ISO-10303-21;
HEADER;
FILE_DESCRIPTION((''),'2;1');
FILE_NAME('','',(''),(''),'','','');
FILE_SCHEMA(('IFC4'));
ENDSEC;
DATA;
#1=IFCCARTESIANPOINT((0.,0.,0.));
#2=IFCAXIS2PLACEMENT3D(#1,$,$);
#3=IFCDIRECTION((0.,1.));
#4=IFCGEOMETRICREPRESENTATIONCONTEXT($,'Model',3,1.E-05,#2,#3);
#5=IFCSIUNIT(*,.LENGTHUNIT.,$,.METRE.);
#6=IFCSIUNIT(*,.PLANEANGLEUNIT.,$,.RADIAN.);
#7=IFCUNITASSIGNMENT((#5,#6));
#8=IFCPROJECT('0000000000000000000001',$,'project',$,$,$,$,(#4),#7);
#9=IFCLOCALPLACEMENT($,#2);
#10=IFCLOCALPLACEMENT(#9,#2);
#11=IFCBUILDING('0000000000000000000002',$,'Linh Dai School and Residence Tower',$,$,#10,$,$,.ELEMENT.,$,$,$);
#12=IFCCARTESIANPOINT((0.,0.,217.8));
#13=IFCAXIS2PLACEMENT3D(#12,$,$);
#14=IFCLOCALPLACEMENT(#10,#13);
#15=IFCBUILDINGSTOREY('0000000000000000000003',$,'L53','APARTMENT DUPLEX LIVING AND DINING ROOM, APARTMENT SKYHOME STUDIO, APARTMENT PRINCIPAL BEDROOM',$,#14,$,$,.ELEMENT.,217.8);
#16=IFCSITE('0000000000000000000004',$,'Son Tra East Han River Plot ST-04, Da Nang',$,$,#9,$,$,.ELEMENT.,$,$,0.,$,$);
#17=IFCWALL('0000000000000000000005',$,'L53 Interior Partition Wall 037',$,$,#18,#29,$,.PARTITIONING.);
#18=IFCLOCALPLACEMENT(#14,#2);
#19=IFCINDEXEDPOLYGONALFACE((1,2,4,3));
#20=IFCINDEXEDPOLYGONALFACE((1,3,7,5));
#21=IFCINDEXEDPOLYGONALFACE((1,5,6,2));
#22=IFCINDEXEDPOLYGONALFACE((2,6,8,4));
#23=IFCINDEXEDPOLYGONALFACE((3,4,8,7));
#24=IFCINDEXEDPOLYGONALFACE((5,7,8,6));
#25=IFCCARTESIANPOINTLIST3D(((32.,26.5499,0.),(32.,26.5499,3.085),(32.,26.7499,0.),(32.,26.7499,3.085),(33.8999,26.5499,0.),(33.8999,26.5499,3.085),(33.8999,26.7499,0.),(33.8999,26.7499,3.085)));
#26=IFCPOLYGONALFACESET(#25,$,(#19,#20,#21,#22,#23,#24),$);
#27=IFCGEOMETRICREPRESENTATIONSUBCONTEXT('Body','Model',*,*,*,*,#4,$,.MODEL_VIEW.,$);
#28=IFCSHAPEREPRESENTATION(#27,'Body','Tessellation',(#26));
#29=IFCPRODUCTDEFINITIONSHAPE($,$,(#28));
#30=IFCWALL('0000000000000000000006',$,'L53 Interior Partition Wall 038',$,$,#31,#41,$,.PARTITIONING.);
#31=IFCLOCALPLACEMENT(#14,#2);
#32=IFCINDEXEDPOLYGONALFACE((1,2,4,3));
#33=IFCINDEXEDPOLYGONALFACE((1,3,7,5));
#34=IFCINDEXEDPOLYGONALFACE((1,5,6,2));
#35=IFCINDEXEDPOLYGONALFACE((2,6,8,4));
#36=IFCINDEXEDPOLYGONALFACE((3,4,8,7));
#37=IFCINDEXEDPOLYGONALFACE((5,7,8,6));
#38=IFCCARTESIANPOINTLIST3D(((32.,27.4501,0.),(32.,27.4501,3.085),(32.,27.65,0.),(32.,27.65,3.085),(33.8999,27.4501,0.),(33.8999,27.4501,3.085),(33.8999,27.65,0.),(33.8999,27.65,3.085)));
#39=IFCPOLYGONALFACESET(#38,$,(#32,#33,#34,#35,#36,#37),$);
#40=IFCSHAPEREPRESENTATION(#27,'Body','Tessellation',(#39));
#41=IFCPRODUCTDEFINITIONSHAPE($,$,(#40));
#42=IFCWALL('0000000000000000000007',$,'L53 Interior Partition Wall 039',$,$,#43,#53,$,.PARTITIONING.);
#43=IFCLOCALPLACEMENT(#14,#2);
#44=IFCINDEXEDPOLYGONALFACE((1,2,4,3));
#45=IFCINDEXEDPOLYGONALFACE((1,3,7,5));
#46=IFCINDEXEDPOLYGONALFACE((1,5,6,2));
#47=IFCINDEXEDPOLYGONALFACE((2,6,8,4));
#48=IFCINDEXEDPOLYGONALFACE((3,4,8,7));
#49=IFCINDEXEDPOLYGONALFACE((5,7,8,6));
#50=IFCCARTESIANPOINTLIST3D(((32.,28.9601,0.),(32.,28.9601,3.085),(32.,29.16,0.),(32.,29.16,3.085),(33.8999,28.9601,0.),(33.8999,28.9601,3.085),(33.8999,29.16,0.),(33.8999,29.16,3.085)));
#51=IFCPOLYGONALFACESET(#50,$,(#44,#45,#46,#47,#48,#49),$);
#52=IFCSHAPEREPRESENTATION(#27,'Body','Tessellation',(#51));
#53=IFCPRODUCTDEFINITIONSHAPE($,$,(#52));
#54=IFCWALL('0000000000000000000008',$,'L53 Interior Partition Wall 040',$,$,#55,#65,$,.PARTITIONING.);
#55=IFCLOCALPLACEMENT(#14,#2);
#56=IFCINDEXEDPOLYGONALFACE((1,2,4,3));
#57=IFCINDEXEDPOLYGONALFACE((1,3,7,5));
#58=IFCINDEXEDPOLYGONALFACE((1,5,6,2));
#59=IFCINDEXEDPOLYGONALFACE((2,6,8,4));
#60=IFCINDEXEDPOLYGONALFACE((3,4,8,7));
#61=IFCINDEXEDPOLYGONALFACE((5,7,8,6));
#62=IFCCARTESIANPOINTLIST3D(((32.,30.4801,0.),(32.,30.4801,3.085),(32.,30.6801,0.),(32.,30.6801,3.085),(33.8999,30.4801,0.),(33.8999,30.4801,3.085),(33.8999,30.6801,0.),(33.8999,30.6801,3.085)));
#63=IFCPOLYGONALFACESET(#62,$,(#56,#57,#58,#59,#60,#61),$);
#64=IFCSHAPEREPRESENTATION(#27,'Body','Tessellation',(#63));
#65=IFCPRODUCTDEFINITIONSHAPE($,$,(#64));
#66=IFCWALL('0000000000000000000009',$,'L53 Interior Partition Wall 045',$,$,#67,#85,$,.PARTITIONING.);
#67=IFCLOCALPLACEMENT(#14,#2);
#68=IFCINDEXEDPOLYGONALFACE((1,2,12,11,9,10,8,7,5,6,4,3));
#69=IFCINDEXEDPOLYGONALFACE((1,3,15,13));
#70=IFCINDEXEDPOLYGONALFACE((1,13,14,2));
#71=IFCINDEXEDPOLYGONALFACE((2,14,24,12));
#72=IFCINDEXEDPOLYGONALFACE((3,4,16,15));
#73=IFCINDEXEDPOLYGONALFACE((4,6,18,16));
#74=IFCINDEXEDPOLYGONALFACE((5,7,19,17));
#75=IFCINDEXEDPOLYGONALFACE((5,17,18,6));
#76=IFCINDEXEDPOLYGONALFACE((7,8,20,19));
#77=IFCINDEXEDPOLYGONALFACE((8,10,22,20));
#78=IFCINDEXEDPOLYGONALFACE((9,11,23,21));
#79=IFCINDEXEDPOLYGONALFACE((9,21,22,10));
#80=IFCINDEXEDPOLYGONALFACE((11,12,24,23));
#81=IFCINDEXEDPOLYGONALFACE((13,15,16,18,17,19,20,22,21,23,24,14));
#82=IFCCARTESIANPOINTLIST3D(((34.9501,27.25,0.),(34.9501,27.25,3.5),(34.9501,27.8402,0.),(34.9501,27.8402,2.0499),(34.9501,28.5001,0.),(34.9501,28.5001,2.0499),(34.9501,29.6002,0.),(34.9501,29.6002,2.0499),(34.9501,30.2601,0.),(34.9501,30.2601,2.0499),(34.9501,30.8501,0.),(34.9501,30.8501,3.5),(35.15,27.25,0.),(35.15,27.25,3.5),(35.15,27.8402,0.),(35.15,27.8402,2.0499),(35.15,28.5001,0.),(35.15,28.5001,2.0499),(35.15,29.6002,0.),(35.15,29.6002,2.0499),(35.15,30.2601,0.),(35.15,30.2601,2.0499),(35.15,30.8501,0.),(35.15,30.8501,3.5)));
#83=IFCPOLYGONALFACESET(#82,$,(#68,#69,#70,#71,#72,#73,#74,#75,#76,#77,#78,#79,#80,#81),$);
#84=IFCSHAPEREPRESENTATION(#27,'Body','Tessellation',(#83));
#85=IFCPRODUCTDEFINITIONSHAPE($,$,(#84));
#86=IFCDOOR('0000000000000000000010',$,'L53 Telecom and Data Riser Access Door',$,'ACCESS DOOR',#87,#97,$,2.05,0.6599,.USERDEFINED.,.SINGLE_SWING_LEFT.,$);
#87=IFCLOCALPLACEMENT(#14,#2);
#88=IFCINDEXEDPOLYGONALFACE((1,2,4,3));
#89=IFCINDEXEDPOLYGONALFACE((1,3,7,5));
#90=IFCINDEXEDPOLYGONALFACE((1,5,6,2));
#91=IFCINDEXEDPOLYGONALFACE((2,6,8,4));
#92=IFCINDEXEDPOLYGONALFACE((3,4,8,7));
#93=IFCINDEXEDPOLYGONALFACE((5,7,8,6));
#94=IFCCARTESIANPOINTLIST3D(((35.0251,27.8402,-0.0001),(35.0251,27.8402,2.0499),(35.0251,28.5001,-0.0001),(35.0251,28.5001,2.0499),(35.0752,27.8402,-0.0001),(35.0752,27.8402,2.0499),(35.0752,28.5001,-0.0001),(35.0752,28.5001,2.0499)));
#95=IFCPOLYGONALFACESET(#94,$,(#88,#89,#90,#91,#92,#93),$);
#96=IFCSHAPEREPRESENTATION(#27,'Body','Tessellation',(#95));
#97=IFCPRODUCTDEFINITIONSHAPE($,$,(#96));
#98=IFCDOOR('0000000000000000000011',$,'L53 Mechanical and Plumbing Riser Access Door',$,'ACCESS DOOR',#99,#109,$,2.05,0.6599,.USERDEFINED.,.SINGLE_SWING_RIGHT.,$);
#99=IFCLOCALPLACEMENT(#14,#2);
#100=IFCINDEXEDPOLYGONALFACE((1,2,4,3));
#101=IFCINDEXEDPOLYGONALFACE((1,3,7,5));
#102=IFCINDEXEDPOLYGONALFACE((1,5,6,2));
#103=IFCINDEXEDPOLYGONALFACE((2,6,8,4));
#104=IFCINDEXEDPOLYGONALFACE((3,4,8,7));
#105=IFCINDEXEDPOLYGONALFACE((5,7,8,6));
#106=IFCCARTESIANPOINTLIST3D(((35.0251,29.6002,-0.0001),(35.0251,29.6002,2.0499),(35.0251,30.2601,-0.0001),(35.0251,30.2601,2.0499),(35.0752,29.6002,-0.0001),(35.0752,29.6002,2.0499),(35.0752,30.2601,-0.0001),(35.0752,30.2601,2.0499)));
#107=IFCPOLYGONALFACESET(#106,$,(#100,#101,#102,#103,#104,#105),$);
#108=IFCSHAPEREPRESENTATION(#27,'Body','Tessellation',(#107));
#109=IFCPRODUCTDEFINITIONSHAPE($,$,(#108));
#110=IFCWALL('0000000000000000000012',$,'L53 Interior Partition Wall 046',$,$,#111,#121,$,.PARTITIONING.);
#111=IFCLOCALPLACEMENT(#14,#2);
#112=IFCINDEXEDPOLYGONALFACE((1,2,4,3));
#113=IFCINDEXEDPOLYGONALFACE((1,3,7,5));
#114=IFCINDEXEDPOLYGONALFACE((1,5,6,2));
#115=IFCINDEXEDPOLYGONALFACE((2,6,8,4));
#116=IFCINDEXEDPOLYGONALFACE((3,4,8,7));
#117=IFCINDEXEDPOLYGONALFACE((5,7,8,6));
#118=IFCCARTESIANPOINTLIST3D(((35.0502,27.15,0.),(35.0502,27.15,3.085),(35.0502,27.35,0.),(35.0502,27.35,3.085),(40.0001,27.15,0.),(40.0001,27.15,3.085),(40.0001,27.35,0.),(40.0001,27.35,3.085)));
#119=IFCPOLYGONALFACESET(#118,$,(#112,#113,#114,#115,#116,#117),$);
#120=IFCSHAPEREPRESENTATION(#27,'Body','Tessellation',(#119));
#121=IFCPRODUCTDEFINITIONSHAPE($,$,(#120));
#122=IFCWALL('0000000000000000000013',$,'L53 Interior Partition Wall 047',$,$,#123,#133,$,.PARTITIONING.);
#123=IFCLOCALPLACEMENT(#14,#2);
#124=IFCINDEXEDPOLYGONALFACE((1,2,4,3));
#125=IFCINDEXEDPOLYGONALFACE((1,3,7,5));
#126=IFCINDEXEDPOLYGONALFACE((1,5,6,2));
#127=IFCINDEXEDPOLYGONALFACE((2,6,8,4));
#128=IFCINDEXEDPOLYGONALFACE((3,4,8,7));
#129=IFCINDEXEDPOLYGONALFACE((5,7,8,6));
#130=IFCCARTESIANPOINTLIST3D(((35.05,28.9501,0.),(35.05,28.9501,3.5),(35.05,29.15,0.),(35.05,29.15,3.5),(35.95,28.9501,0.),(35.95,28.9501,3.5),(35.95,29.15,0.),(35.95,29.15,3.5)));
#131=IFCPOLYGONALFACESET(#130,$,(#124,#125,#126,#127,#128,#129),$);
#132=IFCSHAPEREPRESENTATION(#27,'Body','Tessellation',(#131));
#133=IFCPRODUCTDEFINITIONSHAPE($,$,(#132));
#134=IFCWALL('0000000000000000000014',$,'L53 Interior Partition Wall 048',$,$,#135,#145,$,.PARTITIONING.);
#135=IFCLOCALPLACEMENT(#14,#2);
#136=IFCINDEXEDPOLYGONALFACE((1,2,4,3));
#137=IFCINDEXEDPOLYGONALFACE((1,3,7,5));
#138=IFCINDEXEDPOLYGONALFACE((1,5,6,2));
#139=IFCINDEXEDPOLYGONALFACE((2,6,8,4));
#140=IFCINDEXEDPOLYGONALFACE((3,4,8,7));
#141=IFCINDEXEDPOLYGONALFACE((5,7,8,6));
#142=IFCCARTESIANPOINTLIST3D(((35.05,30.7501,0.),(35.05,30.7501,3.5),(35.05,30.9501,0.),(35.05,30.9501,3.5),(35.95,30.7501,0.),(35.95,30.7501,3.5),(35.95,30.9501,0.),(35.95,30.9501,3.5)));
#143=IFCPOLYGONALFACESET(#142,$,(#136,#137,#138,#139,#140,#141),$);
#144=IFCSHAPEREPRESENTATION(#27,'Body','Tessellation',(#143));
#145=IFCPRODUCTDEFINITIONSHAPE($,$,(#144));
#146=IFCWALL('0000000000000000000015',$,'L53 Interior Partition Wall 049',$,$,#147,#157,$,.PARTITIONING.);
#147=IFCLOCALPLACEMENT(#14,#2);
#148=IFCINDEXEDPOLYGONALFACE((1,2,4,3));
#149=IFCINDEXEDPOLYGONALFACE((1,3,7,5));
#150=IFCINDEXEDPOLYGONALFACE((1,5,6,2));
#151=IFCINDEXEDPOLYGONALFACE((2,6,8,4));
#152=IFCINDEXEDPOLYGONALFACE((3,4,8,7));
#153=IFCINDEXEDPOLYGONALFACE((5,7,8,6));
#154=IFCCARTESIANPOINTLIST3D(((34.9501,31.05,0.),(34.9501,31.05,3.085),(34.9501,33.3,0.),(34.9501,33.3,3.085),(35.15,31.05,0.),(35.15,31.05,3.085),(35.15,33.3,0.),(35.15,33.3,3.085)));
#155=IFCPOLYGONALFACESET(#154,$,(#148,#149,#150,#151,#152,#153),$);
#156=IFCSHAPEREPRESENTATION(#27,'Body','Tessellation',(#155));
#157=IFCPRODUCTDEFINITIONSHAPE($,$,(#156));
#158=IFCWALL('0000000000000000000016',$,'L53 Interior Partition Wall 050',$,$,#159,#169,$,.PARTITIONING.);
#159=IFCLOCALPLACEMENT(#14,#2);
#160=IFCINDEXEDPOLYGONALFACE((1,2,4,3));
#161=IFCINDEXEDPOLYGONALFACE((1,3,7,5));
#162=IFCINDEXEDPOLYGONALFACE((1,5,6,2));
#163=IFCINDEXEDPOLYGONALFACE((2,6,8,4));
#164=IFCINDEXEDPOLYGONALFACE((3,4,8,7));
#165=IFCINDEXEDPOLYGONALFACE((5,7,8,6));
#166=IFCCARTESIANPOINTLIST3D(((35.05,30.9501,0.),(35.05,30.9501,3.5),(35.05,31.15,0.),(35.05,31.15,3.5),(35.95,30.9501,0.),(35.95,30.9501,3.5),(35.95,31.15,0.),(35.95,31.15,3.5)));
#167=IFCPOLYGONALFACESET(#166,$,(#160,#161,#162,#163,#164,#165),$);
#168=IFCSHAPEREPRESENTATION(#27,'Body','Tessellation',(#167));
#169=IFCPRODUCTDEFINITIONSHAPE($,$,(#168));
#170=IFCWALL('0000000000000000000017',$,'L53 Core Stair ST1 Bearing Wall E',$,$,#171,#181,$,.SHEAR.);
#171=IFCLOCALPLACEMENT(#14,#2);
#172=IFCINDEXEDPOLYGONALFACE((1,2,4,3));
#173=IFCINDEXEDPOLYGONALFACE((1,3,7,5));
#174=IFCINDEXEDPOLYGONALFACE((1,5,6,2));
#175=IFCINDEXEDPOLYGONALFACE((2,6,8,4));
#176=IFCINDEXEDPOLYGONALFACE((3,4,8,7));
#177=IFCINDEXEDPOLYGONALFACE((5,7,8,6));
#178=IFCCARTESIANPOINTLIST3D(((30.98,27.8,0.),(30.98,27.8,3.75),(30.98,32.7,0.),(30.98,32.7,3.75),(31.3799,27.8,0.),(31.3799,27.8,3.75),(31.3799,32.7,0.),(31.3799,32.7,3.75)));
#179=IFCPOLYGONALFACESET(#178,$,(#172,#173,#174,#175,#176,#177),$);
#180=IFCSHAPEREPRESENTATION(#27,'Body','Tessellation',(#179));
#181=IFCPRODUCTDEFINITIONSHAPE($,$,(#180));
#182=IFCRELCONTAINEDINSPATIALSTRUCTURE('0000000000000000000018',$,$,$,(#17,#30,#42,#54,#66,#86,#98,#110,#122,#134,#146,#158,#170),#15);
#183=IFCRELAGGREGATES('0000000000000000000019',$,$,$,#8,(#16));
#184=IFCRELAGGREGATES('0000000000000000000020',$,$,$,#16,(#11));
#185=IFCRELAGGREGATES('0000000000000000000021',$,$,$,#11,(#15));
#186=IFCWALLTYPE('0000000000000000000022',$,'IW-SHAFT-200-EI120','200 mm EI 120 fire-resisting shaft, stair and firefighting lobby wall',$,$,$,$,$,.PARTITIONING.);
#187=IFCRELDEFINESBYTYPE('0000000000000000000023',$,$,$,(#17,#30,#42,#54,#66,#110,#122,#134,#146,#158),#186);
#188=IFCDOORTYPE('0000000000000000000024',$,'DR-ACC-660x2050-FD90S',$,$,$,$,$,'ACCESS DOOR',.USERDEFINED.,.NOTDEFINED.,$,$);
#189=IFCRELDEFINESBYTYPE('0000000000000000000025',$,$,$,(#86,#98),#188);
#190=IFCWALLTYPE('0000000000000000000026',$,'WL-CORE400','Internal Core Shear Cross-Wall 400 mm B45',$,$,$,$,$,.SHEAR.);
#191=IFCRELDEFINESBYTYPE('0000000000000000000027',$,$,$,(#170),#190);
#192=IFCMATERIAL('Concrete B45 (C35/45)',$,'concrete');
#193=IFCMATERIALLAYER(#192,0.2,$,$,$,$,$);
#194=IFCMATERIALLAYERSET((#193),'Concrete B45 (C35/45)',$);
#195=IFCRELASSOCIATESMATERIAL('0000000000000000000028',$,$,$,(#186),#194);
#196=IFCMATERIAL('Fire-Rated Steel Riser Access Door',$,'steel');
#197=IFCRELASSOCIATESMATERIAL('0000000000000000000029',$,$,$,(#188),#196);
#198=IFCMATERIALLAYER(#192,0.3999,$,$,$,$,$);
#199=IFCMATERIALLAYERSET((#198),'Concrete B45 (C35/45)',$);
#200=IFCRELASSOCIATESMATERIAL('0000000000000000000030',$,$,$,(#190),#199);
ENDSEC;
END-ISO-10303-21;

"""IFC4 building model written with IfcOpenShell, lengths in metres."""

from ifc_helpers import new_model, si_unit, direction, frame, frame_2d, origin, origin_2d, place, context, subcontext, project, spatial, rectangle, extrude, source, transform, mapped, material, layer, layer_set, type_object, element, fill, save


model = new_model("IFC4")

# Units and contexts
model_context = context("Model", 3, precision=1e-05, world=origin(), true_north=direction((0.0, 1.0)))
body_context = subcontext(model_context, "Body", "Model", "MODEL_VIEW")
ifc_project = project(units=[si_unit("LENGTHUNIT", "METRE"), si_unit("PLANEANGLEUNIT", "RADIAN")], contexts=[model_context])

# Site, building, storey
site_placement = place(None, origin())
site = spatial("IfcSite", under=ifc_project, at=site_placement, Name="Son Tra East Han River Plot ST-04, Da Nang", CompositionType="ELEMENT", RefElevation=0.0)
building_placement = place(site_placement, origin())
building = spatial("IfcBuilding", under=site, at=building_placement, Name="Linh Dai School and Residence Tower", CompositionType="ELEMENT")
storey_placement = place(building_placement, frame((0.0, 0.0, 217.8)))
storey = spatial("IfcBuildingStorey", under=building, at=storey_placement, Name="L53", Description="APARTMENT DUPLEX LIVING AND DINING ROOM, APARTMENT SKYHOME STUDIO, APARTMENT PRINCIPAL BEDROOM", CompositionType="ELEMENT", Elevation=217.8)

# Walls
ifc_material_1 = material(Name="Concrete B45 (C35/45)", Category="concrete")
ifc_layer_1 = layer(ifc_material_1, 0.2)
ifc_layer_set_1 = layer_set([ifc_layer_1], Name="Concrete B45 (C35/45)")
wall_type_1 = type_object("IfcWallType", Name="IW-SHAFT-200-EI120", Description="200 mm EI 120 fire-resisting shaft, stair and firefighting lobby wall", PredefinedType="PARTITIONING", material=ifc_layer_set_1)
for number, where, z_axis, x_axis, name in (
    (1, (32.0, 26.6499, 0.0), (0.0, 0.0, 1.0), (1.0, 0.0, 0.0), "L53 Interior Partition Wall 037"),
    (2, (32.0, 27.55, 0.0), (0.0, 0.0, 1.0), (1.0, 0.0, 0.0), "L53 Interior Partition Wall 038"),
    (3, (32.0, 29.0601, 0.0), (0.0, 0.0, 1.0), (1.0, 0.0, 0.0), "L53 Interior Partition Wall 039"),
    (4, (32.0, 30.5801, 0.0), (0.0, 0.0, 1.0), (1.0, 0.0, 0.0), "L53 Interior Partition Wall 040"),
):
    element("IfcWall", number, at=place(storey_placement, frame(where, z_axis=z_axis, x_axis=x_axis)), inside=storey, type_object=wall_type_1, Name=name, PredefinedType="PARTITIONING", context=body_context, shape_type="SweptSolid", body=[
        extrude(rectangle(XDim=1.8999, YDim=0.2, at=frame_2d((0.95, 0.0))), origin(), (0.0, 0.0, 1.0), 3.085),
    ])

# Wall, openings, doors
wall_1_placement = place(storey_placement, frame((35.05, 27.25, 0.0), z_axis=(0.0, 0.0, 1.0), x_axis=(0.0, 1.0, 0.0)))
wall_1 = element("IfcWall", 5, at=wall_1_placement, inside=storey, type_object=wall_type_1, Name="L53 Interior Partition Wall 045", PredefinedType="PARTITIONING", context=body_context, shape_type="SweptSolid", body=[
    extrude(rectangle(XDim=3.6001, YDim=0.2, at=frame_2d((1.8, 0.0))), origin(), (0.0, 0.0, 1.0), 3.5),
])
opening_1_placement = place(wall_1_placement, frame((0.5901, 0.0, 0.0)))
opening_1 = element("IfcOpeningElement", 6, at=opening_1_placement, cuts=wall_1, PredefinedType="OPENING", context=body_context, shape_type="SweptSolid", body=[
    extrude(rectangle(XDim=0.6599, YDim=2.05, at=origin_2d()), frame((0.3301, 0.1099, 1.0249), z_axis=(0.0, -1.0, 0.0), x_axis=(1.0, 0.0, 0.0)), (0.0, 0.0, 1.0), 0.22),
])
opening_2_placement = place(wall_1_placement, frame((2.3501, 0.0, 0.0)))
opening_2 = element("IfcOpeningElement", 7, at=opening_2_placement, cuts=wall_1, PredefinedType="OPENING", context=body_context, shape_type="SweptSolid", body=[
    extrude(rectangle(XDim=0.6599, YDim=2.05, at=origin_2d()), frame((0.3301, 0.1099, 1.0249), z_axis=(0.0, -1.0, 0.0), x_axis=(1.0, 0.0, 0.0)), (0.0, 0.0, 1.0), 0.22),
])
ifc_material_2 = material(Name="Fire-Rated Steel Riser Access Door", Category="steel")
door_type = type_object("IfcDoorType", Name="DR-ACC-660x2050-FD90S", ElementType="ACCESS DOOR", OperationType="NOTDEFINED", PredefinedType="USERDEFINED", material=ifc_material_2)
shared_shape_1 = source(origin(), body_context, "Body", "SweptSolid", [
    extrude(rectangle(XDim=0.6599, YDim=2.05, at=origin_2d()), frame((0.3301, 0.0249, 1.0249), z_axis=(0.0, -1.0, 0.0), x_axis=(1.0, 0.0, 0.0)), (0.0, 0.0, 1.0), 0.05),
])
door_1_placement = place(opening_1_placement, origin())
door_1 = element("IfcDoor", 8, at=door_1_placement, inside=storey, type_object=door_type, Name="L53 Telecom and Data Riser Access Door", ObjectType="ACCESS DOOR", OperationType="SINGLE_SWING_LEFT", OverallHeight=2.05, OverallWidth=0.6599, PredefinedType="USERDEFINED", context=body_context, shape_type="MappedRepresentation", body=[
    mapped(shared_shape_1, transform((0.0, 0.0, 0.0), x_axis=(1.0, 0.0, 0.0), y_axis=(0.0, 1.0, 0.0), z_axis=(0.0, 0.0, 1.0), scale=1.0)),
])
fill(opening_1, door_1)
door_2_placement = place(opening_2_placement, origin())
door_2 = element("IfcDoor", 9, at=door_2_placement, inside=storey, type_object=door_type, Name="L53 Mechanical and Plumbing Riser Access Door", ObjectType="ACCESS DOOR", OperationType="SINGLE_SWING_RIGHT", OverallHeight=2.05, OverallWidth=0.6599, PredefinedType="USERDEFINED", context=body_context, shape_type="MappedRepresentation", body=[
    mapped(shared_shape_1, transform((0.0, 0.0, 0.0), x_axis=(1.0, 0.0, 0.0), y_axis=(0.0, 1.0, 0.0), z_axis=(0.0, 0.0, 1.0), scale=1.0)),
])
fill(opening_2, door_2)

# Walls
wall_2_placement = place(storey_placement, frame((35.05, 27.25, 0.0), z_axis=(0.0, 0.0, 1.0), x_axis=(1.0, 0.0, 0.0)))
element("IfcWall", 10, at=wall_2_placement, inside=storey, type_object=wall_type_1, Name="L53 Interior Partition Wall 046", PredefinedType="PARTITIONING", context=body_context, shape_type="SweptSolid", body=[
    extrude(rectangle(XDim=4.95, YDim=0.2, at=frame_2d((2.4751, 0.0))), origin(), (0.0, 0.0, 1.0), 3.085),
])
for number, where, z_axis, x_axis, name in (
    (11, (35.05, 29.05, 0.0), (0.0, 0.0, 1.0), (1.0, 0.0, 0.0), "L53 Interior Partition Wall 047"),
    (12, (35.05, 30.8501, 0.0), (0.0, 0.0, 1.0), (1.0, 0.0, 0.0), "L53 Interior Partition Wall 048"),
):
    element("IfcWall", number, at=place(storey_placement, frame(where, z_axis=z_axis, x_axis=x_axis)), inside=storey, type_object=wall_type_1, Name=name, PredefinedType="PARTITIONING", context=body_context, shape_type="SweptSolid", body=[
        extrude(rectangle(XDim=0.8999, YDim=0.2, at=frame_2d((0.45, 0.0))), origin(), (0.0, 0.0, 1.0), 3.5),
    ])
wall_3_placement = place(storey_placement, frame((35.05, 31.05, 0.0), z_axis=(0.0, 0.0, 1.0), x_axis=(0.0, 1.0, 0.0)))
element("IfcWall", 13, at=wall_3_placement, inside=storey, type_object=wall_type_1, Name="L53 Interior Partition Wall 049", PredefinedType="PARTITIONING", context=body_context, shape_type="SweptSolid", body=[
    extrude(rectangle(XDim=2.25, YDim=0.2, at=frame_2d((1.125, 0.0))), origin(), (0.0, 0.0, 1.0), 3.085),
])
wall_4_placement = place(storey_placement, frame((35.05, 31.05, 0.0), z_axis=(0.0, 0.0, 1.0), x_axis=(1.0, 0.0, 0.0)))
element("IfcWall", 14, at=wall_4_placement, inside=storey, type_object=wall_type_1, Name="L53 Interior Partition Wall 050", PredefinedType="PARTITIONING", context=body_context, shape_type="SweptSolid", body=[
    extrude(rectangle(XDim=0.8999, YDim=0.2, at=frame_2d((0.45, 0.0))), origin(), (0.0, 0.0, 1.0), 3.5),
])
ifc_layer_2 = layer(ifc_material_1, 0.3999)
ifc_layer_set_2 = layer_set([ifc_layer_2], Name="Concrete B45 (C35/45)")
wall_type_2 = type_object("IfcWallType", Name="WL-CORE400", Description="Internal Core Shear Cross-Wall 400 mm B45", PredefinedType="SHEAR", material=ifc_layer_set_2)
wall_5_placement = place(storey_placement, frame((31.1799, 27.8, 0.0), z_axis=(0.0, 0.0, 1.0), x_axis=(0.0, 1.0, 0.0)))
element("IfcWall", 15, at=wall_5_placement, inside=storey, type_object=wall_type_2, Name="L53 Core Stair ST1 Bearing Wall E", PredefinedType="SHEAR", context=body_context, shape_type="SweptSolid", body=[
    extrude(rectangle(XDim=4.8999, YDim=0.3999, at=frame_2d((2.45, 0.0))), origin(), (0.0, 0.0, 1.0), 3.75),
])

save(model, "model.ifc")
